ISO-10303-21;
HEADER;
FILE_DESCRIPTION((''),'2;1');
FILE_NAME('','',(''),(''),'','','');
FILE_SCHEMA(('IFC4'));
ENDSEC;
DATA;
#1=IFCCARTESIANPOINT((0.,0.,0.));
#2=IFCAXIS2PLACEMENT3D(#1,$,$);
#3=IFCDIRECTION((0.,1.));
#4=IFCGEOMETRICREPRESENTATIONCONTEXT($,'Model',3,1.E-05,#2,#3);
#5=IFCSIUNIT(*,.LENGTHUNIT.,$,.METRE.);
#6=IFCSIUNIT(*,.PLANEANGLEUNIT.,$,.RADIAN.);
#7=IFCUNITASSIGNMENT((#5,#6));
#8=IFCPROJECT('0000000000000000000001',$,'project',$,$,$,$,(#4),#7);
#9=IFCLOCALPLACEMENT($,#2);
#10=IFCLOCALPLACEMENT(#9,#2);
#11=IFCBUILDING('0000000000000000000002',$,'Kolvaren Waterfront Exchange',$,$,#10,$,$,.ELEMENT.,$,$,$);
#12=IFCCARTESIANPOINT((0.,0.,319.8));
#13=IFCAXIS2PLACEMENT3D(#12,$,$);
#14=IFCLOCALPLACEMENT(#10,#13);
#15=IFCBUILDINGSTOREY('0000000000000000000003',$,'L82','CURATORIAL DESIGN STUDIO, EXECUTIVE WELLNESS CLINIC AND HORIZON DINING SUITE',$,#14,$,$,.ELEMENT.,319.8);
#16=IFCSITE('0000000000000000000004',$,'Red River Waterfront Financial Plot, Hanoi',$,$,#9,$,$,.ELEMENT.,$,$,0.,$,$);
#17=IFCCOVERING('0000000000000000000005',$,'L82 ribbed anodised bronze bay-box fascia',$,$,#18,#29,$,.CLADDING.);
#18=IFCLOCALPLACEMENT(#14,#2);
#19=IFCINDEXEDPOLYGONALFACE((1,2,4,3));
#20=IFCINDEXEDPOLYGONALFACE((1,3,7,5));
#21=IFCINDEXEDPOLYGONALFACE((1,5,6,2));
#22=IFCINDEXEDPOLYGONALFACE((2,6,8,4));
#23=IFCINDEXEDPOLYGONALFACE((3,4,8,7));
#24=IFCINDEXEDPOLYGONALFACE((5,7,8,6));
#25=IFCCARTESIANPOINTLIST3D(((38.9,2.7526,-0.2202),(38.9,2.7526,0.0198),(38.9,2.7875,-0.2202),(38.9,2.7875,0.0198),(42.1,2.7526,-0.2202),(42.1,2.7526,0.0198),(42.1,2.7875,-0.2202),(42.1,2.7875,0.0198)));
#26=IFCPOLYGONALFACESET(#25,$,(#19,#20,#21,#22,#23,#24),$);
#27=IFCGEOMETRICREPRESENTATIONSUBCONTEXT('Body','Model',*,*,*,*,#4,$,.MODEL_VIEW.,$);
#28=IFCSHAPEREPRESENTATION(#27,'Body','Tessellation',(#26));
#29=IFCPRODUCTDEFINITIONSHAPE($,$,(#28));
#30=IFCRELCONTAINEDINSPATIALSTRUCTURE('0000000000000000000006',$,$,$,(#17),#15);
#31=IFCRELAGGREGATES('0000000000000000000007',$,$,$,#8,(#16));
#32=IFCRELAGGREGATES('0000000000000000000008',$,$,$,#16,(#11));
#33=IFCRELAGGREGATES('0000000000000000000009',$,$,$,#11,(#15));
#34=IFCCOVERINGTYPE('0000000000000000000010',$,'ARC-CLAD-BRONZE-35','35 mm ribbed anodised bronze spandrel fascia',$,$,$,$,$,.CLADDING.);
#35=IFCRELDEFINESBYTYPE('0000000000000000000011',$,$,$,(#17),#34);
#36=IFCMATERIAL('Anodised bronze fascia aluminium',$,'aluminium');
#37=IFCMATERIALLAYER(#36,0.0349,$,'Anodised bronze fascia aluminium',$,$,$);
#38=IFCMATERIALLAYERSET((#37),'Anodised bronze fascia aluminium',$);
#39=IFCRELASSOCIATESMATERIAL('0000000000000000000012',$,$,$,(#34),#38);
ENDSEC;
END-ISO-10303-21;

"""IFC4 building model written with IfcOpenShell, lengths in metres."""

from ifc_helpers import new_model, si_unit, direction, frame, origin, origin_2d, place, context, subcontext, project, spatial, rectangle, extrude, material, layer, layer_set, type_object, element, save


model = new_model("IFC4")

# Units and contexts
model_context = context("Model", 3, precision=1e-05, world=origin(), true_north=direction((0.0, 1.0)))
body_context = subcontext(model_context, "Body", "Model", "MODEL_VIEW")
ifc_project = project(units=[si_unit("LENGTHUNIT", "METRE"), si_unit("PLANEANGLEUNIT", "RADIAN")], contexts=[model_context])

# Site, building, storey
site_placement = place(None, origin())
site = spatial("IfcSite", under=ifc_project, at=site_placement, Name="Red River Waterfront Financial Plot, Hanoi", CompositionType="ELEMENT", RefElevation=0.0)
building_placement = place(site_placement, origin())
building = spatial("IfcBuilding", under=site, at=building_placement, Name="Kolvaren Waterfront Exchange", CompositionType="ELEMENT")
storey_placement = place(building_placement, frame((0.0, 0.0, 319.8)))
storey = spatial("IfcBuildingStorey", under=building, at=storey_placement, Name="L82", Description="CURATORIAL DESIGN STUDIO, EXECUTIVE WELLNESS CLINIC AND HORIZON DINING SUITE", CompositionType="ELEMENT", Elevation=319.8)

# Covering
ifc_material_1 = material(Name="Anodised bronze fascia aluminium", Category="aluminium")
ifc_layer_1 = layer(ifc_material_1, 0.0349, Name="Anodised bronze fascia aluminium")
ifc_layer_set_1 = layer_set([ifc_layer_1], Name="Anodised bronze fascia aluminium")
covering_type = type_object("IfcCoveringType", Name="ARC-CLAD-BRONZE-35", Description="35 mm ribbed anodised bronze spandrel fascia", PredefinedType="CLADDING", material=ifc_layer_set_1)
covering_placement = place(storey_placement, frame((40.5, 2.77, -0.2202), z_axis=(0.0, 0.0, 1.0), x_axis=(1.0, 0.0, 0.0)))
element("IfcCovering", 1, at=covering_placement, inside=storey, type_object=covering_type, Name="L82 ribbed anodised bronze bay-box fascia", PredefinedType="CLADDING", context=body_context, shape_type="SweptSolid", body=[
    extrude(rectangle(XDim=3.2, YDim=0.0349, at=origin_2d()), origin(), (0.0, 0.0, 1.0), 0.24),
])

save(model, "model.ifc")
